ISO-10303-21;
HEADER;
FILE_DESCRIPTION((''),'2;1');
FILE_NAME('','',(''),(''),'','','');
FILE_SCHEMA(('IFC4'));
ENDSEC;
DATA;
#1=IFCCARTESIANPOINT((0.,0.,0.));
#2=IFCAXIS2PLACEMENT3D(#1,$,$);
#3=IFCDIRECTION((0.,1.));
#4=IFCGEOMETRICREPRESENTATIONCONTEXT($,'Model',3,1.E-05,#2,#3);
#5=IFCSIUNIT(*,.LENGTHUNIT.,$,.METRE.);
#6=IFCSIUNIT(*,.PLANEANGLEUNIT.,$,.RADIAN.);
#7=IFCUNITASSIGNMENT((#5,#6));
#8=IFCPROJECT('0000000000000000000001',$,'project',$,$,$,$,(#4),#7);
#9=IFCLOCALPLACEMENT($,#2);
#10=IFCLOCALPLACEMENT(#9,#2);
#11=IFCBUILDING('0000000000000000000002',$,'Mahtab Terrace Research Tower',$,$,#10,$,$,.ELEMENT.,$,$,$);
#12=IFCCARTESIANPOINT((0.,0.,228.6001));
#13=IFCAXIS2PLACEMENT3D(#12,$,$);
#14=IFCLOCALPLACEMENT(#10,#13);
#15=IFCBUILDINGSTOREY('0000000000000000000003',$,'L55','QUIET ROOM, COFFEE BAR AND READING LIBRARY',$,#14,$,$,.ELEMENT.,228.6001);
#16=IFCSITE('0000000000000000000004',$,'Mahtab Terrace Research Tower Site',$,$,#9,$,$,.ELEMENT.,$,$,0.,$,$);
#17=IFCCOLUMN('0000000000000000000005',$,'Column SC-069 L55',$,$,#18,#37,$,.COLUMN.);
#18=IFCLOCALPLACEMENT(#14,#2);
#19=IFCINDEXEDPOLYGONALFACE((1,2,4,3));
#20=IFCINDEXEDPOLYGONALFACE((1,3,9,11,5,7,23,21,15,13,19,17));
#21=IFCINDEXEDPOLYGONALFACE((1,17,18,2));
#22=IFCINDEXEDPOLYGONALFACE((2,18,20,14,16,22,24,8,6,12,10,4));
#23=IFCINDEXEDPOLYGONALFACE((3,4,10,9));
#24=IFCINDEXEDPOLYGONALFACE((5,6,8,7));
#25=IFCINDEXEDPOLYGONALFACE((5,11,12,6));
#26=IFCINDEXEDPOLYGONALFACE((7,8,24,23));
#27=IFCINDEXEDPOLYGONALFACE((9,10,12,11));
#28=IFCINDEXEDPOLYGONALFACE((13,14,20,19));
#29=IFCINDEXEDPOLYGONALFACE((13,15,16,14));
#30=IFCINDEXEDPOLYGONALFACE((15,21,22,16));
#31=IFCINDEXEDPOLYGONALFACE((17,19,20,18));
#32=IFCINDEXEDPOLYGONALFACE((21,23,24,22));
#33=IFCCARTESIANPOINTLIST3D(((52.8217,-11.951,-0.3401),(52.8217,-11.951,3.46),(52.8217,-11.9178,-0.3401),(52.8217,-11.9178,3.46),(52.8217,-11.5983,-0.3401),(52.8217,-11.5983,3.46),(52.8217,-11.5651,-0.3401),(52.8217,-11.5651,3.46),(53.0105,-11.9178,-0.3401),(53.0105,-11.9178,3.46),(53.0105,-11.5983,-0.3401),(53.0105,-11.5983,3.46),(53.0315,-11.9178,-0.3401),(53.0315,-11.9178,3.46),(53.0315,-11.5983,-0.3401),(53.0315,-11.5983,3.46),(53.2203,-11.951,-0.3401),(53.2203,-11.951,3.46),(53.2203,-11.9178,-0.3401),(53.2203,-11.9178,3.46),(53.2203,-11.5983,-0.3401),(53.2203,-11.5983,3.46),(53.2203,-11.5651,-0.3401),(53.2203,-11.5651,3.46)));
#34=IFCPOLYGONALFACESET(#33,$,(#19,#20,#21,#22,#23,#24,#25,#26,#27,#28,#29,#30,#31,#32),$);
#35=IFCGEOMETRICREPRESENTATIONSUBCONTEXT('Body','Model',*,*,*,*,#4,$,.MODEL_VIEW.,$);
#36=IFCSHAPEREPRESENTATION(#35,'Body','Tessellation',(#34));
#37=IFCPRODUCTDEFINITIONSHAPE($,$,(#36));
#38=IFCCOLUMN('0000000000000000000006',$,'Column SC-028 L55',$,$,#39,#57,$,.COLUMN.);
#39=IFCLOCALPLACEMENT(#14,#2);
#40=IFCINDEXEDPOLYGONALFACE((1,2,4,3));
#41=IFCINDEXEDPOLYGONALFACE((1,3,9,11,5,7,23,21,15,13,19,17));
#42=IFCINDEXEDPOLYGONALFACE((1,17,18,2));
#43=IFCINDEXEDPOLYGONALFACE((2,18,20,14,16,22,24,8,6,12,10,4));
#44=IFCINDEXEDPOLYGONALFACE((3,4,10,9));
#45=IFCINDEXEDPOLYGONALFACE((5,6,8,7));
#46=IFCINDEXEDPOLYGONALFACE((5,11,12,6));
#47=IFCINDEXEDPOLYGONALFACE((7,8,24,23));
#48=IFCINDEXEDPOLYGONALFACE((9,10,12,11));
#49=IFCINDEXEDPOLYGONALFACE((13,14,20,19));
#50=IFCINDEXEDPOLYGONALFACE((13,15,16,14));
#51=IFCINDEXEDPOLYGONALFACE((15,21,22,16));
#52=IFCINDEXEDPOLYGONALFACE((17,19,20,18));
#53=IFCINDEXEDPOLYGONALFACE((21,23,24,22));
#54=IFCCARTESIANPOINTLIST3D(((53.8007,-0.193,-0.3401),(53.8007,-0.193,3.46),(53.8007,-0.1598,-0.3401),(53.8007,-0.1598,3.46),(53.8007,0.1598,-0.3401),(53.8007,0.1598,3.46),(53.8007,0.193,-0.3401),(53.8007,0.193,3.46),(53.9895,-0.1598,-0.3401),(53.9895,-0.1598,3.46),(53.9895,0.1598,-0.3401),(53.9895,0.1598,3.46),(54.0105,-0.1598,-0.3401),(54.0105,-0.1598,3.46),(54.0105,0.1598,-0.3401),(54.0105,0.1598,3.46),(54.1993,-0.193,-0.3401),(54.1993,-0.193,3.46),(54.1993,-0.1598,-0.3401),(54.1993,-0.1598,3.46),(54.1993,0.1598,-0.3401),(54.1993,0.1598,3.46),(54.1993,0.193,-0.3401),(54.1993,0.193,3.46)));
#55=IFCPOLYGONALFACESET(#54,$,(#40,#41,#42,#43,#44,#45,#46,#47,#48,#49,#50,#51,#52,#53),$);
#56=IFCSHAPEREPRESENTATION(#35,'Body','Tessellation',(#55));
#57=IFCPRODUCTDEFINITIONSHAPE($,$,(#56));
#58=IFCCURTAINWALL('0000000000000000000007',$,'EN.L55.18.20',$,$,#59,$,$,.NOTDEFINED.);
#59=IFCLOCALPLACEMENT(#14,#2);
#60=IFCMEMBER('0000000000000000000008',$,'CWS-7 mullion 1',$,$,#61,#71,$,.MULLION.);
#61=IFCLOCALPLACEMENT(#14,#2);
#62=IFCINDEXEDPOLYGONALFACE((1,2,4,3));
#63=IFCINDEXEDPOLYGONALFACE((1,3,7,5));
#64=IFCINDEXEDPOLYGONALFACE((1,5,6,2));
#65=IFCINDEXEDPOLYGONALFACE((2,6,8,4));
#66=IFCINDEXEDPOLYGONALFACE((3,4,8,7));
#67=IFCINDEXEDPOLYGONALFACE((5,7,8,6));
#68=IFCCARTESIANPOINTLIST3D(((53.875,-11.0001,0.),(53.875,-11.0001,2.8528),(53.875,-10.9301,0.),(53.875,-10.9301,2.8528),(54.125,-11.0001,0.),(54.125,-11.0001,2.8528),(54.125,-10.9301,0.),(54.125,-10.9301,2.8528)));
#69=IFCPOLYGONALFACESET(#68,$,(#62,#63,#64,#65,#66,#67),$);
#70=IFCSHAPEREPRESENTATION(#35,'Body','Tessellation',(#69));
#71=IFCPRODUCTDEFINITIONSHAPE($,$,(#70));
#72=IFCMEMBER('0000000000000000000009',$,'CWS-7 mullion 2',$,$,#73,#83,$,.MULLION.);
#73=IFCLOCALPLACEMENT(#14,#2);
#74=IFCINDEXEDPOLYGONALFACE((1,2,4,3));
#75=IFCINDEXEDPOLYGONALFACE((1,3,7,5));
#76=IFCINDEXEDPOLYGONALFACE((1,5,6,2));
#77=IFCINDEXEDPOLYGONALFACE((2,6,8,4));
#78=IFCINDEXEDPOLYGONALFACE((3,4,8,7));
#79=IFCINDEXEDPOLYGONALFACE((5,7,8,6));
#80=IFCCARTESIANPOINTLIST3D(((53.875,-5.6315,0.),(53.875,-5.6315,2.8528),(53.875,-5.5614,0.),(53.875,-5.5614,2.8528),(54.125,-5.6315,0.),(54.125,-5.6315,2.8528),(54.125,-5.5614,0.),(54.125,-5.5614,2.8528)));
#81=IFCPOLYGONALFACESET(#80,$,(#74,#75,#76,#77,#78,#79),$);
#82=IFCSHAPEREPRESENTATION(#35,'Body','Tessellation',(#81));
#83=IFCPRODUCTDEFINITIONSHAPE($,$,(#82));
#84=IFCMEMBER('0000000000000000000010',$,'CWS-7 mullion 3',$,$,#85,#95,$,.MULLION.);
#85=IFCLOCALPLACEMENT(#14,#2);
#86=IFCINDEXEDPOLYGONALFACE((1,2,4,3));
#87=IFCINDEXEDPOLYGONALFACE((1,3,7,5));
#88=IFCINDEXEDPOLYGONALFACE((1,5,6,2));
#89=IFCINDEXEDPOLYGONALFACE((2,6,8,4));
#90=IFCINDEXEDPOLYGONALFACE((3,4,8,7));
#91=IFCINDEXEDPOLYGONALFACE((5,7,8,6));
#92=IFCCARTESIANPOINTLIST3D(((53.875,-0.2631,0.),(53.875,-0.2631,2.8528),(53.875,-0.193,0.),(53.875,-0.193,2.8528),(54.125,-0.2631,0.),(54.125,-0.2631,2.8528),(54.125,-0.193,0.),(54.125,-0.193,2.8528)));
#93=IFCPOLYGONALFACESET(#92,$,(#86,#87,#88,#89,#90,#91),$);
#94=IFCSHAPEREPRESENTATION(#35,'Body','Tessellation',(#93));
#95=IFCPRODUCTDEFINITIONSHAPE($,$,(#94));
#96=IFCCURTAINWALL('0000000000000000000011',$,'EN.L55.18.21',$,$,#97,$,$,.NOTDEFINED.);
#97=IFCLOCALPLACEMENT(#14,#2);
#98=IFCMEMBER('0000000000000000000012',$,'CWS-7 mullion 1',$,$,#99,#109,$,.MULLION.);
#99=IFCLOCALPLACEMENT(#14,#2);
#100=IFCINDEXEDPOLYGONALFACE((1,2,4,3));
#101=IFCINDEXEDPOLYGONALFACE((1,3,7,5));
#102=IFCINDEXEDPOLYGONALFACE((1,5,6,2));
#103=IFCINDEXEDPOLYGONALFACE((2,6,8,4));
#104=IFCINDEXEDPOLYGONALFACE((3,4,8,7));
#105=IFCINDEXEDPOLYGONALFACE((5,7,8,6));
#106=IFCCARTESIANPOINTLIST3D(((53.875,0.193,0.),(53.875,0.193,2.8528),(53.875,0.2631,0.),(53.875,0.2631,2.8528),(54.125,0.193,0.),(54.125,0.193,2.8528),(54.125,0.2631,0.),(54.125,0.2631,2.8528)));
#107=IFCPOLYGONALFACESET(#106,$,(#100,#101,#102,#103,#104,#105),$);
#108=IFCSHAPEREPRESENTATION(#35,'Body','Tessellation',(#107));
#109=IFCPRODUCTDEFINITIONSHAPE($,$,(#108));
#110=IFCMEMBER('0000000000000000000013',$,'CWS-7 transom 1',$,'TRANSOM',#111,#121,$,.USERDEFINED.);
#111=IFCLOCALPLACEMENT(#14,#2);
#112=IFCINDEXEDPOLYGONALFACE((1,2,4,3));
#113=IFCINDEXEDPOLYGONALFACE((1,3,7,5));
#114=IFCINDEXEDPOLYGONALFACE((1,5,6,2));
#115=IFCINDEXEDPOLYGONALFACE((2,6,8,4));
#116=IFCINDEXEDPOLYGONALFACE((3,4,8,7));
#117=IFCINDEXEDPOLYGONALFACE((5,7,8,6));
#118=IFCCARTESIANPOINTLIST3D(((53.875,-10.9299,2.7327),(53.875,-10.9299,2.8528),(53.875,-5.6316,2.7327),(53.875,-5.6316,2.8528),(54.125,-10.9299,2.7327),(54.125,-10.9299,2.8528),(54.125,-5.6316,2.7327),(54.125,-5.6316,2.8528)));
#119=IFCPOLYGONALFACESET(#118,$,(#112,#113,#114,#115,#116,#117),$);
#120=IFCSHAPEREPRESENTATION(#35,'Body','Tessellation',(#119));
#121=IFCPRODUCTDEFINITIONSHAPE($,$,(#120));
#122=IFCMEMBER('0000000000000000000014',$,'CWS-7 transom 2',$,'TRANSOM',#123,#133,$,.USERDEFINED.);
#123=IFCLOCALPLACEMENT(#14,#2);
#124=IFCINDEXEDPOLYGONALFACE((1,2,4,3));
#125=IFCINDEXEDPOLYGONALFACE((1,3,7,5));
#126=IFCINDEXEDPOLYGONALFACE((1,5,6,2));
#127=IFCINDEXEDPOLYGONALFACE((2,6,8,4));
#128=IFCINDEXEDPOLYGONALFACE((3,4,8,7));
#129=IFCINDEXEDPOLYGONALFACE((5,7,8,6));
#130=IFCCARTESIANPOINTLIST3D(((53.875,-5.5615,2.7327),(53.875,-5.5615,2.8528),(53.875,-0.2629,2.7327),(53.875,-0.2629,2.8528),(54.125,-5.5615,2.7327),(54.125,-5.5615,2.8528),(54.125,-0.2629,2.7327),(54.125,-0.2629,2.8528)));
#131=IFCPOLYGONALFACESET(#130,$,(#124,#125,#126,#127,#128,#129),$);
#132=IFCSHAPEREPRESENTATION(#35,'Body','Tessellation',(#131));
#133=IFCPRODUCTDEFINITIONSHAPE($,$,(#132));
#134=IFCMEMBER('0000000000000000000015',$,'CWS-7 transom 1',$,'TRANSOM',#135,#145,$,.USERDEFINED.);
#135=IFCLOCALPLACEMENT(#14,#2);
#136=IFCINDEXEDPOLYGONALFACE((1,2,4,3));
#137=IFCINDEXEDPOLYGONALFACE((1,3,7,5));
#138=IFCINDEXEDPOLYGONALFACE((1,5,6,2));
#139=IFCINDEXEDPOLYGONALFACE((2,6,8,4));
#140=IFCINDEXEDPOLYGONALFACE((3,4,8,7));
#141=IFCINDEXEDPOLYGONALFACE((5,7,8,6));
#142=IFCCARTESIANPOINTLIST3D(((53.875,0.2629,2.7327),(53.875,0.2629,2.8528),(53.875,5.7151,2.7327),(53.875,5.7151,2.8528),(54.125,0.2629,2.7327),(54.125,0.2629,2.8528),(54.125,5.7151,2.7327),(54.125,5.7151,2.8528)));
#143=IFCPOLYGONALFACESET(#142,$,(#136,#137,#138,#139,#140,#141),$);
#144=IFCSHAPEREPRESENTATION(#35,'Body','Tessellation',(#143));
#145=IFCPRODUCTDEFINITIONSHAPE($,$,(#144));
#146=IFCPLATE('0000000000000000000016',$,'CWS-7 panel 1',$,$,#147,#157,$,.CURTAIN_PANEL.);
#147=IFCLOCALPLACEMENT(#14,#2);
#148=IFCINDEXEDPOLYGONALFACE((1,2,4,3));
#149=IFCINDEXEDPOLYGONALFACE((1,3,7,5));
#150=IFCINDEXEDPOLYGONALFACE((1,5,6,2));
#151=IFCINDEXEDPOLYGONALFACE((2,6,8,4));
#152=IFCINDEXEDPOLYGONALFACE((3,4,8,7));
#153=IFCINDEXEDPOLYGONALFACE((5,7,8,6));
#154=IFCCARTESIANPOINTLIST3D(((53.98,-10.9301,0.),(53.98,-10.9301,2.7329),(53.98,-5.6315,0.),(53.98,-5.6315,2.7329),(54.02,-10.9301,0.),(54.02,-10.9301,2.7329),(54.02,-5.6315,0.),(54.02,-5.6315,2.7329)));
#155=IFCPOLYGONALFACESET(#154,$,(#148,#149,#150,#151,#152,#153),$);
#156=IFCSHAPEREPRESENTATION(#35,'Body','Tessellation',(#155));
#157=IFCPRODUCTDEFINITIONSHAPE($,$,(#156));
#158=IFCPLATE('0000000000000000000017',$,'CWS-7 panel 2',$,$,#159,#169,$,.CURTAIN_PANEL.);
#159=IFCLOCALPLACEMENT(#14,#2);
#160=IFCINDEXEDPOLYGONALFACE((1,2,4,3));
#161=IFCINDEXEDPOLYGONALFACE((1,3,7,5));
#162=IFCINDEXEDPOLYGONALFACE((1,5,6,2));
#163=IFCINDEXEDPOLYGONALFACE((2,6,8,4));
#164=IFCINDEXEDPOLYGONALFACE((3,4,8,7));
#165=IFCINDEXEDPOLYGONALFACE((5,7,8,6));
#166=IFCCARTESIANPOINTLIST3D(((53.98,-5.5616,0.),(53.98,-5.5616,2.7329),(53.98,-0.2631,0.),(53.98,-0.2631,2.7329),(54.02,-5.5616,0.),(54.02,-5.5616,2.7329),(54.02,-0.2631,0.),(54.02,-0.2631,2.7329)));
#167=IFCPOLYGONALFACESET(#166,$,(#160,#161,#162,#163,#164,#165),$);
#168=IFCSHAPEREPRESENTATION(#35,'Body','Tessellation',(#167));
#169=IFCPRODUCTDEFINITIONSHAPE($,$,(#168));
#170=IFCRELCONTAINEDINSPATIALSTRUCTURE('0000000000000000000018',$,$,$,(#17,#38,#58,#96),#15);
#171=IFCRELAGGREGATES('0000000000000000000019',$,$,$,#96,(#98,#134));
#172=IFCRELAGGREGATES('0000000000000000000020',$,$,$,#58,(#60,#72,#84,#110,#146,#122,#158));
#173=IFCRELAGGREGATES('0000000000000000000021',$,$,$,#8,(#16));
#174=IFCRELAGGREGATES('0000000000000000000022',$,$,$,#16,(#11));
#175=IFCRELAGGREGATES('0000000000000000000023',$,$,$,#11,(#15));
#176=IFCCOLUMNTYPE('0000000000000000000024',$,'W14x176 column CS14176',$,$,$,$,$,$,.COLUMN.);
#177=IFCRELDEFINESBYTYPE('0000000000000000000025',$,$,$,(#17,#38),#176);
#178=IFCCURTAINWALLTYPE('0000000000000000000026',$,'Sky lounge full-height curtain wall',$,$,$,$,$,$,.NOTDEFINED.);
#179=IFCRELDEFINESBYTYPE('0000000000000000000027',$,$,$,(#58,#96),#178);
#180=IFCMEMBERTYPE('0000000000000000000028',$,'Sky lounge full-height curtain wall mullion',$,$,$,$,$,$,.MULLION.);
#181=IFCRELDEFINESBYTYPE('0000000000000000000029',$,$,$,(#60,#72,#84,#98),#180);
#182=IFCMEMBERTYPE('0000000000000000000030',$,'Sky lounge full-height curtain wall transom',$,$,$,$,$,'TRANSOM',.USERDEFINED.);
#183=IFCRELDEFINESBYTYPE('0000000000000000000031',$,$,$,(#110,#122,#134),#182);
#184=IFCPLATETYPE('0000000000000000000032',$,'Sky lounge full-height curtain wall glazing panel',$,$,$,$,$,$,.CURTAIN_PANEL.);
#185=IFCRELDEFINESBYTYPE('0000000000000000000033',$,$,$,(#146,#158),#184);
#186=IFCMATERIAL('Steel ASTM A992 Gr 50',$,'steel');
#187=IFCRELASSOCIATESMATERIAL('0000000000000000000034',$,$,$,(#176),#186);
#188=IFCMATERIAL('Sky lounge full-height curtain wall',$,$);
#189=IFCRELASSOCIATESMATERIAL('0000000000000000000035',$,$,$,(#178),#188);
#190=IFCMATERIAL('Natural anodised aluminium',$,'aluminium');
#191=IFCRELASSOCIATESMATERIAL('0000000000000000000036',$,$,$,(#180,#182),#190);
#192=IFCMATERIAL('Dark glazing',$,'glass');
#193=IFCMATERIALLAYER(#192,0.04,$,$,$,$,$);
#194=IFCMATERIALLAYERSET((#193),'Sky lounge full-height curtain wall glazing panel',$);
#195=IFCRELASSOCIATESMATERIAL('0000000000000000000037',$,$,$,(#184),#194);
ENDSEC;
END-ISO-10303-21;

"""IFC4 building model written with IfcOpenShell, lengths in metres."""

from ifc_helpers import new_model, si_unit, direction, frame, origin, origin_2d, place, context, subcontext, project, spatial, rectangle, i_section, extrude, material, layer, layer_set, material_profile, profile_set, type_object, element, aggregate, save


model = new_model("IFC4")

# Units and contexts
model_context = context("Model", 3, precision=1e-05, world=origin(), true_north=direction((0.0, 1.0)))
body_context = subcontext(model_context, "Body", "Model", "MODEL_VIEW")
ifc_project = project(units=[si_unit("LENGTHUNIT", "METRE"), si_unit("PLANEANGLEUNIT", "RADIAN")], contexts=[model_context])

# Site, building, storey
site_placement = place(None, origin())
site = spatial("IfcSite", under=ifc_project, at=site_placement, Name="Mahtab Terrace Research Tower Site", CompositionType="ELEMENT", RefElevation=0.0)
building_placement = place(site_placement, origin())
building = spatial("IfcBuilding", under=site, at=building_placement, Name="Mahtab Terrace Research Tower", CompositionType="ELEMENT")
storey_placement = place(building_placement, frame((0.0, 0.0, 228.6001)))
storey = spatial("IfcBuildingStorey", under=building, at=storey_placement, Name="L55", Description="QUIET ROOM, COFFEE BAR AND READING LIBRARY", CompositionType="ELEMENT", Elevation=228.6001)

# Columns
ifc_material_1 = material(Name="Steel ASTM A992 Gr 50", Category="steel")
ifc_material_profile_1 = material_profile(ifc_material_1, i_section(OverallWidth=0.3987, OverallDepth=0.386, WebThickness=0.021, FlangeThickness=0.0332, at=origin_2d()), Name="W14X176")
ifc_profile_set_1 = profile_set([ifc_material_profile_1], Name="Steel ASTM A992 Gr 50")
column_type = type_object("IfcColumnType", Name="W14x176 column CS14176", PredefinedType="COLUMN", material=ifc_profile_set_1)
for number, where, z_axis, x_axis, name in (
    (1, (53.021, -11.7581, -0.3401), (0.0, 0.0, 1.0), (1.0, 0.0, 0.0), "Column SC-069 L55"),
    (2, (54.0, 0.0, -0.3401), (0.0, 0.0, 1.0), (1.0, 0.0, 0.0), "Column SC-028 L55"),
):
    element("IfcColumn", number, at=place(storey_placement, frame(where, z_axis=z_axis, x_axis=x_axis)), inside=storey, type_object=column_type, Name=name, PredefinedType="COLUMN", context=body_context, shape_type="SweptSolid", body=[
        extrude(i_section(OverallWidth=0.3987, OverallDepth=0.386, WebThickness=0.021, FlangeThickness=0.0332, at=origin_2d()), origin(), (0.0, 0.0, 1.0), 3.8),
    ])

# Curtain wall, members
ifc_material_2 = material(Name="Sky lounge full-height curtain wall")
curtain_wall_type = type_object("IfcCurtainWallType", Name="Sky lounge full-height curtain wall", PredefinedType="NOTDEFINED", material=ifc_material_2)
curtain_wall_1_placement = place(storey_placement, origin())
curtain_wall_1 = element("IfcCurtainWall", 3, at=curtain_wall_1_placement, inside=storey, type_object=curtain_wall_type, Name="EN.L55.18.20", PredefinedType="NOTDEFINED")
ifc_material_3 = material(Name="Natural anodised aluminium", Category="aluminium")
ifc_material_profile_2 = material_profile(ifc_material_3, rectangle(XDim=0.25, YDim=0.0701, at=origin_2d()), Name="MULLION 70x250")
ifc_profile_set_2 = profile_set([ifc_material_profile_2], Name="Natural anodised aluminium")
member_type_1 = type_object("IfcMemberType", Name="Sky lounge full-height curtain wall mullion", PredefinedType="MULLION", material=ifc_profile_set_2)
member_1_placement = place(storey_placement, frame((54.0, -10.9651, 0.0), z_axis=(0.0, 0.0, 1.0), x_axis=(-1.0, 0.0, 0.0)))
member_1 = element("IfcMember", 4, at=member_1_placement, type_object=member_type_1, Name="CWS-7 mullion 1", PredefinedType="MULLION", context=body_context, shape_type="SweptSolid", body=[
    extrude(rectangle(XDim=0.25, YDim=0.0701, at=origin_2d()), origin(), (0.0, 0.0, 1.0), 2.8528),
])
member_2_placement = place(storey_placement, frame((54.0, -5.5964, 0.0), z_axis=(0.0, 0.0, 1.0), x_axis=(-1.0, 0.0, 0.0)))
member_2 = element("IfcMember", 5, at=member_2_placement, type_object=member_type_1, Name="CWS-7 mullion 2", PredefinedType="MULLION", context=body_context, shape_type="SweptSolid", body=[
    extrude(rectangle(XDim=0.25, YDim=0.0701, at=origin_2d()), origin(), (0.0, 0.0, 1.0), 2.8528),
])
member_3_placement = place(storey_placement, frame((54.0, -0.228, 0.0), z_axis=(0.0, 0.0, 1.0), x_axis=(-1.0, 0.0, 0.0)))
member_3 = element("IfcMember", 6, at=member_3_placement, type_object=member_type_1, Name="CWS-7 mullion 3", PredefinedType="MULLION", context=body_context, shape_type="SweptSolid", body=[
    extrude(rectangle(XDim=0.25, YDim=0.0701, at=origin_2d()), origin(), (0.0, 0.0, 1.0), 2.8528),
])

# Curtain wall, member
curtain_wall_2_placement = place(storey_placement, origin())
curtain_wall_2 = element("IfcCurtainWall", 7, at=curtain_wall_2_placement, inside=storey, type_object=curtain_wall_type, Name="EN.L55.18.21", PredefinedType="NOTDEFINED")
member_4_placement = place(storey_placement, frame((54.0, 0.228, 0.0), z_axis=(0.0, 0.0, 1.0), x_axis=(-1.0, 0.0, 0.0)))
member_4 = element("IfcMember", 8, at=member_4_placement, type_object=member_type_1, Name="CWS-7 mullion 1", PredefinedType="MULLION", context=body_context, shape_type="SweptSolid", body=[
    extrude(rectangle(XDim=0.25, YDim=0.0701, at=origin_2d()), origin(), (0.0, 0.0, 1.0), 2.8528),
])

# Members
ifc_material_profile_3 = material_profile(ifc_material_3, rectangle(XDim=0.25, YDim=0.1201, at=origin_2d()), Name="TRANSOM 120x250")
ifc_profile_set_3 = profile_set([ifc_material_profile_3], Name="Natural anodised aluminium")
member_type_2 = type_object("IfcMemberType", Name="Sky lounge full-height curtain wall transom", ElementType="TRANSOM", PredefinedType="USERDEFINED", material=ifc_profile_set_3)
member_5_placement = place(storey_placement, frame((54.0, -10.9299, 2.7927), z_axis=(0.0, 1.0, 0.0), x_axis=(-1.0, 0.0, 0.0)))
member_5 = element("IfcMember", 9, at=member_5_placement, type_object=member_type_2, Name="CWS-7 transom 1", ObjectType="TRANSOM", PredefinedType="USERDEFINED", context=body_context, shape_type="SweptSolid", body=[
    extrude(rectangle(XDim=0.25, YDim=0.1201, at=origin_2d()), origin(), (0.0, 0.0, 1.0), 5.2983),
])
member_6_placement = place(storey_placement, frame((54.0, -5.5615, 2.7927), z_axis=(0.0, 1.0, 0.0), x_axis=(-1.0, 0.0, 0.0)))
member_6 = element("IfcMember", 10, at=member_6_placement, type_object=member_type_2, Name="CWS-7 transom 2", ObjectType="TRANSOM", PredefinedType="USERDEFINED", context=body_context, shape_type="SweptSolid", body=[
    extrude(rectangle(XDim=0.25, YDim=0.1201, at=origin_2d()), origin(), (0.0, 0.0, 1.0), 5.2986),
])
member_7_placement = place(storey_placement, frame((54.0, 0.2629, 2.7927), z_axis=(0.0, 1.0, 0.0), x_axis=(-1.0, 0.0, 0.0)))
member_7 = element("IfcMember", 11, at=member_7_placement, type_object=member_type_2, Name="CWS-7 transom 1", ObjectType="TRANSOM", PredefinedType="USERDEFINED", context=body_context, shape_type="SweptSolid", body=[
    extrude(rectangle(XDim=0.25, YDim=0.1201, at=origin_2d()), origin(), (0.0, 0.0, 1.0), 5.4521),
])
aggregate(curtain_wall_2, [member_4, member_7])

# Plates
ifc_material_4 = material(Name="Dark glazing", Category="glass")
ifc_layer_1 = layer(ifc_material_4, 0.04)
ifc_layer_set_1 = layer_set([ifc_layer_1], Name="Sky lounge full-height curtain wall glazing panel")
plate_type = type_object("IfcPlateType", Name="Sky lounge full-height curtain wall glazing panel", PredefinedType="CURTAIN_PANEL", material=ifc_layer_set_1)
plate_1_placement = place(storey_placement, frame((54.0, -8.2808, 0.0), z_axis=(0.0, 0.0, 1.0), x_axis=(0.0, 1.0, 0.0)))
plate_1 = element("IfcPlate", 12, at=plate_1_placement, type_object=plate_type, Name="CWS-7 panel 1", PredefinedType="CURTAIN_PANEL", context=body_context, shape_type="SweptSolid", body=[
    extrude(rectangle(XDim=5.2986, YDim=0.04, at=origin_2d()), origin(), (0.0, 0.0, 1.0), 2.7329),
])
plate_2_placement = place(storey_placement, frame((54.0, -2.9124, 0.0), z_axis=(0.0, 0.0, 1.0), x_axis=(0.0, 1.0, 0.0)))
plate_2 = element("IfcPlate", 13, at=plate_2_placement, type_object=plate_type, Name="CWS-7 panel 2", PredefinedType="CURTAIN_PANEL", context=body_context, shape_type="SweptSolid", body=[
    extrude(rectangle(XDim=5.2986, YDim=0.04, at=origin_2d()), origin(), (0.0, 0.0, 1.0), 2.7329),
])
aggregate(curtain_wall_1, [member_1, member_2, member_3, member_5, plate_1, member_6, plate_2])

save(model, "model.ifc")
